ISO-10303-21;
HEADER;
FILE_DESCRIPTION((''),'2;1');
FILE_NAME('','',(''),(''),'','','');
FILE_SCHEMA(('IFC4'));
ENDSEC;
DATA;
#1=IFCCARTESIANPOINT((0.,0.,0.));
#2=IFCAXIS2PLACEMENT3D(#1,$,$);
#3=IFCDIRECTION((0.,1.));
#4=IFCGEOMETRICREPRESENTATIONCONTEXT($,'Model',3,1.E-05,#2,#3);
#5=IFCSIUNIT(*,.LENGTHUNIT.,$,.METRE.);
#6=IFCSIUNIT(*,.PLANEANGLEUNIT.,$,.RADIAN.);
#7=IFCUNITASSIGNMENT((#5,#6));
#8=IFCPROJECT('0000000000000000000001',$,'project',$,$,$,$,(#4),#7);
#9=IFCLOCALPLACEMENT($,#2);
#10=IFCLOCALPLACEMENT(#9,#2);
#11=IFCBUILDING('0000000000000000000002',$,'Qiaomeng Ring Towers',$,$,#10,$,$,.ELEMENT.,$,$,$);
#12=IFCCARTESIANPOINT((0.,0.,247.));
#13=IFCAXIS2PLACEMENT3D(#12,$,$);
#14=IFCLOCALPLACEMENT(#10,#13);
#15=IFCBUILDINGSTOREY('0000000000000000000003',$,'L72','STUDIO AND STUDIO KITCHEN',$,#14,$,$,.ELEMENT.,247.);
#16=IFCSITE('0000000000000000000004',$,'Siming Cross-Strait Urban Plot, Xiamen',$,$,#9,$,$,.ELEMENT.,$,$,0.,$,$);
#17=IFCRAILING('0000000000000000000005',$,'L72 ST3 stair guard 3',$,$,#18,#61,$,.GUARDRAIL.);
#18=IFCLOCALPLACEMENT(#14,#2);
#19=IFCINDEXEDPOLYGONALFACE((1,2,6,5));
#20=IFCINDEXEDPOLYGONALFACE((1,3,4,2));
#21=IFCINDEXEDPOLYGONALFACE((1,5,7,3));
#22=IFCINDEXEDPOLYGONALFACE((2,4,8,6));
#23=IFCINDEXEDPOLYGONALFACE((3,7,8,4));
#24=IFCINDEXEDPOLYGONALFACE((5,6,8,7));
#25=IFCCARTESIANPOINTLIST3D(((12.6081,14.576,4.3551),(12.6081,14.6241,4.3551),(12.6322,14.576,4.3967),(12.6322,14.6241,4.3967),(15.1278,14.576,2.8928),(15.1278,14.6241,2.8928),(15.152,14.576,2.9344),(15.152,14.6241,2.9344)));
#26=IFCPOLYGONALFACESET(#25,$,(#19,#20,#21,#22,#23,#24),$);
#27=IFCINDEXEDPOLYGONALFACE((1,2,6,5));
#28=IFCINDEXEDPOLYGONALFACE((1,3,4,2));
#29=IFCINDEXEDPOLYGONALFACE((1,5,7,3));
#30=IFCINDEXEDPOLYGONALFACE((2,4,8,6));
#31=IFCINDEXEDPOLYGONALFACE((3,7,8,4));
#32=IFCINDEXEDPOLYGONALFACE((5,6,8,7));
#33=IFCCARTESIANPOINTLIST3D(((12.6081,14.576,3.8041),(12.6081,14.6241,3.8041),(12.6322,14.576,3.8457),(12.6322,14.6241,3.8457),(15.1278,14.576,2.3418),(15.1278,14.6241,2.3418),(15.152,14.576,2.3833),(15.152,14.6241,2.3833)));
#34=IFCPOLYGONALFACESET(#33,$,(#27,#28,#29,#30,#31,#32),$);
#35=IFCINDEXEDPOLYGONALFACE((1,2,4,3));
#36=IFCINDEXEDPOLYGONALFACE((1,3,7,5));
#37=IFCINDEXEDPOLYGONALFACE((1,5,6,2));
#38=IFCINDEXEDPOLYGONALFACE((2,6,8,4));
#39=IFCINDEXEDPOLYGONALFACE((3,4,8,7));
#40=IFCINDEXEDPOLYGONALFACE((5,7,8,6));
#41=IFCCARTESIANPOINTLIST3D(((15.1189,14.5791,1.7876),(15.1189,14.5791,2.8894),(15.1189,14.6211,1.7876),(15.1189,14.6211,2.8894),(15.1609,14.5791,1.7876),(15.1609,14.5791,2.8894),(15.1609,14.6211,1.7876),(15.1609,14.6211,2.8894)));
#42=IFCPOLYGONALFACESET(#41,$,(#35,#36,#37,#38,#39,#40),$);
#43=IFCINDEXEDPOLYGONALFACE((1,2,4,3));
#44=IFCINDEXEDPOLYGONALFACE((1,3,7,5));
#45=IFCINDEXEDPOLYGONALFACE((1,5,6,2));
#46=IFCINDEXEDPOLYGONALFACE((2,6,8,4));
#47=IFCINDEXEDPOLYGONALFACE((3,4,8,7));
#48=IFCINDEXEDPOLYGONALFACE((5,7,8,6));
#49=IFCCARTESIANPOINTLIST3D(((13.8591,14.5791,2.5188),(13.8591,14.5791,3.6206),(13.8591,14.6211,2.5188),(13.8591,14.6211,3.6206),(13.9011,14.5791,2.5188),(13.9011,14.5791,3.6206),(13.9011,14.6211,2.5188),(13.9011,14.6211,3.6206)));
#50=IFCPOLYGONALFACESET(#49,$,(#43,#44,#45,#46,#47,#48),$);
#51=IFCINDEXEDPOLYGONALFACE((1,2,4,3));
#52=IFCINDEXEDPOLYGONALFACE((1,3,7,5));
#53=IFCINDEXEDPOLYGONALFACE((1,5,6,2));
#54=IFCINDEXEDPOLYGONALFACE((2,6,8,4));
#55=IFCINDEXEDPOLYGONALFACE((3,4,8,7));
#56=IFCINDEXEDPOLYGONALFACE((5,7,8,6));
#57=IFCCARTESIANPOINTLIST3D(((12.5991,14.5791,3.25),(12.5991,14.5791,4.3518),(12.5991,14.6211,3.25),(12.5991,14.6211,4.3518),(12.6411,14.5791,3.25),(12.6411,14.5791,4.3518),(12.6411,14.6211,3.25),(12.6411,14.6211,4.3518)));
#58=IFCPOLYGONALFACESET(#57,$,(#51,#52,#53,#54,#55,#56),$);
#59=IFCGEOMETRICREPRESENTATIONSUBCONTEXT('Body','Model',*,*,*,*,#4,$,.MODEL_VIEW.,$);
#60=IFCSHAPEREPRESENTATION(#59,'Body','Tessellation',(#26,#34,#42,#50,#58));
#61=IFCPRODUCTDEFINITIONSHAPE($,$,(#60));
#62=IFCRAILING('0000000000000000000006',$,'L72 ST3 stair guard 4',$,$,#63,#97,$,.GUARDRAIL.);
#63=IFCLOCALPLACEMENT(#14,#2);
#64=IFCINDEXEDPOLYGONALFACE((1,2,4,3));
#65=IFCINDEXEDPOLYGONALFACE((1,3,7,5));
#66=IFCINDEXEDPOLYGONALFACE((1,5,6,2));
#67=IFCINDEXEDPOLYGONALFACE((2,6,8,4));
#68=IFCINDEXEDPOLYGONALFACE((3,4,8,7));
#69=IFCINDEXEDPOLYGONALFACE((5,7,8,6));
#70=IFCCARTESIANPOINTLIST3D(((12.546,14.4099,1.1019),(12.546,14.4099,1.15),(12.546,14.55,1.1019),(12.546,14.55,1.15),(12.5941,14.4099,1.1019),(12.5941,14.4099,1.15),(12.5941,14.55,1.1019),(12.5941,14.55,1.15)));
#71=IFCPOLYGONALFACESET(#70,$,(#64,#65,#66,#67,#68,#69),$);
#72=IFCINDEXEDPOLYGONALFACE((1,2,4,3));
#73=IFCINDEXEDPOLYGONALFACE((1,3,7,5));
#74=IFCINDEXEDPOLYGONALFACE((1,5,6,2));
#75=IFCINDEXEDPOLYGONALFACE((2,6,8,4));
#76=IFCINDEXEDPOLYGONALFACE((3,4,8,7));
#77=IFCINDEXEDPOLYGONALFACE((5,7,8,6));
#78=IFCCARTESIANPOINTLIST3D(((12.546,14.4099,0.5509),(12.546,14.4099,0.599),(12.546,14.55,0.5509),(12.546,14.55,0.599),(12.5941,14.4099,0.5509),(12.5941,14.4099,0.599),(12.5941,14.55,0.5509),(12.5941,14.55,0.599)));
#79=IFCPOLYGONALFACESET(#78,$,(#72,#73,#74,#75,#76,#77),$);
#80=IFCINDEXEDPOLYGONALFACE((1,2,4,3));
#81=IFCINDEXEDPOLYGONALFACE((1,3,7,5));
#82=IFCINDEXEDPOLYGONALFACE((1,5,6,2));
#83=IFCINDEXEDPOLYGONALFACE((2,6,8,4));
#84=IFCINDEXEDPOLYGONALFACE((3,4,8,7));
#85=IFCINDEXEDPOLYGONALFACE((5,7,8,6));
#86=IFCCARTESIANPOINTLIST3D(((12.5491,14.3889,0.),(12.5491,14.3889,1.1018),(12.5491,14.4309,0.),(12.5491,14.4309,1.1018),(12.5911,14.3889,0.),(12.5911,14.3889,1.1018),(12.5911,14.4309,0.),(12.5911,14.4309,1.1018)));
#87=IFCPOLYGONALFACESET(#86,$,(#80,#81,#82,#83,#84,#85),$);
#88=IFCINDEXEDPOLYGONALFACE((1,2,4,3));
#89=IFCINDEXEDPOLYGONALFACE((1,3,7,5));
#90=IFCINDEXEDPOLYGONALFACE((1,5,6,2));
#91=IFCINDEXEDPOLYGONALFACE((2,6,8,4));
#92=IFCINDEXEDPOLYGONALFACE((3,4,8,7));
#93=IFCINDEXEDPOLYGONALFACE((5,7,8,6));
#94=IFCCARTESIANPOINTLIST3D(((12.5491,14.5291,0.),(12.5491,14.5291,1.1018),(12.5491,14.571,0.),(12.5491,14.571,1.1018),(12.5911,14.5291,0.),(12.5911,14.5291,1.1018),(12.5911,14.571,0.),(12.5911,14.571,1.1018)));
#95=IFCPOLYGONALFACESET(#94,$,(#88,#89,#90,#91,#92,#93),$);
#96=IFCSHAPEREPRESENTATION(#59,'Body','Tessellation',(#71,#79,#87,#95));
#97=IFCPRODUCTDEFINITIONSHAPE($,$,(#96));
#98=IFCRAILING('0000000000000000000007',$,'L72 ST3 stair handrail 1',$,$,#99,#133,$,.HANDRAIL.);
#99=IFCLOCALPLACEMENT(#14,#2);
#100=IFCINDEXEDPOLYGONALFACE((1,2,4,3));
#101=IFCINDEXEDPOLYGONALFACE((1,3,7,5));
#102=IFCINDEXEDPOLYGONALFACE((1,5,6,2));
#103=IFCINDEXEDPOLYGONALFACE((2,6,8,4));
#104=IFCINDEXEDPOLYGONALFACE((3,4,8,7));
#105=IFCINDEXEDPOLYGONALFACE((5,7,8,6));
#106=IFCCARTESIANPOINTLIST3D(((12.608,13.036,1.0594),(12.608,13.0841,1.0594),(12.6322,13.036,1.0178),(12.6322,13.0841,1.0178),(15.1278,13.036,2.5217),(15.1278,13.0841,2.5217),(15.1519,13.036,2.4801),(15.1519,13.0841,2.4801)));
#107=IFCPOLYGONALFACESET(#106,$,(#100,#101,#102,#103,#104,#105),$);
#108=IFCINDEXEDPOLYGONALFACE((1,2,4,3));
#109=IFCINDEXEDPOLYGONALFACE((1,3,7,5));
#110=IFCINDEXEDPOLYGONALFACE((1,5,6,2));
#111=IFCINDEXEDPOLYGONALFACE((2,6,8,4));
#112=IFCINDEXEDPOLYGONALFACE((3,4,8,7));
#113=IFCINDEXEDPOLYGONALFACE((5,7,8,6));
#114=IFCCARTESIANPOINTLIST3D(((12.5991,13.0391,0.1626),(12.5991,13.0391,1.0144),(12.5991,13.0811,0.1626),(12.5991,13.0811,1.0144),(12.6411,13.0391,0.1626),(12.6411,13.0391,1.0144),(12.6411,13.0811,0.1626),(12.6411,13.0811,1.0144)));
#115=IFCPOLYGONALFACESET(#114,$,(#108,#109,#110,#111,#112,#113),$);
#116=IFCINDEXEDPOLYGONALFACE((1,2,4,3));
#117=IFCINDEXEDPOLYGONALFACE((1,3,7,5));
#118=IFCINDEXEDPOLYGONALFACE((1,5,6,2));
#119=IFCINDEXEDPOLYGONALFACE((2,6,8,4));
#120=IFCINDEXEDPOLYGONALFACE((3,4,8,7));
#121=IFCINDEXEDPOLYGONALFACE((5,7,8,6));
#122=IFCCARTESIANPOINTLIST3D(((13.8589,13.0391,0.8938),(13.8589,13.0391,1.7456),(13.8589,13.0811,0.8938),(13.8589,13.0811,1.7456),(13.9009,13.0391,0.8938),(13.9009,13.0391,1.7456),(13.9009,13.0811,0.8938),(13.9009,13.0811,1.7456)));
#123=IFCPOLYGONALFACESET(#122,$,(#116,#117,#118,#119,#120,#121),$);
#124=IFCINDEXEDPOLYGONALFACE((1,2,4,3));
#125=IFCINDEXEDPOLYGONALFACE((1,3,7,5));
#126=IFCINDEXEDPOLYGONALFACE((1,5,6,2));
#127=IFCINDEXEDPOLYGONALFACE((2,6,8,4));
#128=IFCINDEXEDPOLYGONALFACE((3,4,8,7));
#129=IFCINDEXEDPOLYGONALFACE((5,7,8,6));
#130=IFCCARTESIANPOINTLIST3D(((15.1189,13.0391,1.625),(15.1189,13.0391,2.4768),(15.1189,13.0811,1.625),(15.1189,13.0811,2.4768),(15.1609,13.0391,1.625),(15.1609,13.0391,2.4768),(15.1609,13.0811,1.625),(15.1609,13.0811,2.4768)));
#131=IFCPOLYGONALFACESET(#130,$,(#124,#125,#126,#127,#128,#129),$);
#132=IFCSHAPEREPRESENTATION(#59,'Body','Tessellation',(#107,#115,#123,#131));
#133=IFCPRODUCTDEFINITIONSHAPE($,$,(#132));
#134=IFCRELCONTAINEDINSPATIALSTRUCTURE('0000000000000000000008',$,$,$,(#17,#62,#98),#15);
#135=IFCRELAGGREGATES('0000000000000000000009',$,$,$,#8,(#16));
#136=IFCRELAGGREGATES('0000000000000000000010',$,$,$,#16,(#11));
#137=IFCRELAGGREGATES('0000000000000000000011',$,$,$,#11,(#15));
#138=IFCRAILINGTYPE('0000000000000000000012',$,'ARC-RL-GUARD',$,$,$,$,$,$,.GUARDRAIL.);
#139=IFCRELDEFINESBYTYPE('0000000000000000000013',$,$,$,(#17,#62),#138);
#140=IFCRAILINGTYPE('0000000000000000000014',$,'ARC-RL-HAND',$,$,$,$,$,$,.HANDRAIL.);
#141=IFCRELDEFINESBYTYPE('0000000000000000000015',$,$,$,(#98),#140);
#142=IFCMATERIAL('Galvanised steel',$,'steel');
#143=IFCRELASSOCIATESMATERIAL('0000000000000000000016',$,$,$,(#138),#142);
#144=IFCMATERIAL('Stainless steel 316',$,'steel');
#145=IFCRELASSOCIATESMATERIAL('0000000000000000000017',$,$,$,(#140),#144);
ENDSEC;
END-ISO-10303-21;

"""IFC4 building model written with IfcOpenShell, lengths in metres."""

from ifc_helpers import new_model, si_unit, direction, frame, origin, origin_2d, place, context, subcontext, project, spatial, rectangle, extrude, material, type_object, element, save


model = new_model("IFC4")

# Units and contexts
model_context = context("Model", 3, precision=1e-05, world=origin(), true_north=direction((0.0, 1.0)))
body_context = subcontext(model_context, "Body", "Model", "MODEL_VIEW")
ifc_project = project(units=[si_unit("LENGTHUNIT", "METRE"), si_unit("PLANEANGLEUNIT", "RADIAN")], contexts=[model_context])

# Site, building, storey
site_placement = place(None, origin())
site = spatial("IfcSite", under=ifc_project, at=site_placement, Name="Siming Cross-Strait Urban Plot, Xiamen", CompositionType="ELEMENT", RefElevation=0.0)
building_placement = place(site_placement, origin())
building = spatial("IfcBuilding", under=site, at=building_placement, Name="Qiaomeng Ring Towers", CompositionType="ELEMENT")
storey_placement = place(building_placement, frame((0.0, 0.0, 247.0)))
storey = spatial("IfcBuildingStorey", under=building, at=storey_placement, Name="L72", Description="STUDIO AND STUDIO KITCHEN", CompositionType="ELEMENT", Elevation=247.0)

# Shared definitions
ifc_material_1 = material(Name="Galvanised steel", Category="steel")

# Railings
railing_type_1 = type_object("IfcRailingType", Name="ARC-RL-GUARD", PredefinedType="GUARDRAIL", material=ifc_material_1)
railing_1_placement = place(storey_placement, frame((15.1399, 14.6001, 1.7876)))
element("IfcRailing", 1, at=railing_1_placement, inside=storey, type_object=railing_type_1, Name="L72 ST3 stair guard 3", PredefinedType="GUARDRAIL", context=body_context, shape_type="SweptSolid", body=[
    extrude(rectangle(XDim=0.0481, YDim=0.0481, at=origin_2d()), frame((0.0, 0.0, 1.126), z_axis=(-0.864892, 0.0, 0.501958), x_axis=(0.0, -1.0, 0.0)), (0.0, 0.0, 1.0), 2.9133),
    extrude(rectangle(XDim=0.0481, YDim=0.0481, at=origin_2d()), frame((0.0, 0.0, 0.575), z_axis=(-0.864892, 0.0, 0.501958), x_axis=(0.0, -1.0, 0.0)), (0.0, 0.0, 1.0), 2.9133),
    extrude(rectangle(XDim=0.042, YDim=0.042, at=origin_2d()), origin(), (0.0, 0.0, 1.0), 1.1018),
    extrude(rectangle(XDim=0.042, YDim=0.042, at=origin_2d()), frame((-1.2598, 0.0, 0.7312)), (0.0, 0.0, 1.0), 1.1018),
    extrude(rectangle(XDim=0.042, YDim=0.042, at=origin_2d()), frame((-2.5198, 0.0, 1.4624)), (0.0, 0.0, 1.0), 1.1018),
])
railing_2_placement = place(storey_placement, frame((12.5701, 14.4099, 0.0)))
element("IfcRailing", 2, at=railing_2_placement, inside=storey, type_object=railing_type_1, Name="L72 ST3 stair guard 4", PredefinedType="GUARDRAIL", context=body_context, shape_type="SweptSolid", body=[
    extrude(rectangle(XDim=0.0481, YDim=0.0481, at=origin_2d()), frame((0.0, 0.0, 1.126), z_axis=(0.0, 1.0, 0.0), x_axis=(-1.0, 0.0, 0.0)), (0.0, 0.0, 1.0), 0.1401),
    extrude(rectangle(XDim=0.0481, YDim=0.0481, at=origin_2d()), frame((0.0, 0.0, 0.575), z_axis=(0.0, 1.0, 0.0), x_axis=(-1.0, 0.0, 0.0)), (0.0, 0.0, 1.0), 0.1401),
    extrude(rectangle(XDim=0.042, YDim=0.042, at=origin_2d()), origin(), (0.0, 0.0, 1.0), 1.1018),
    extrude(rectangle(XDim=0.042, YDim=0.042, at=origin_2d()), frame((0.0, 0.1401, 0.0)), (0.0, 0.0, 1.0), 1.1018),
])
ifc_material_2 = material(Name="Stainless steel 316", Category="steel")
railing_type_2 = type_object("IfcRailingType", Name="ARC-RL-HAND", PredefinedType="HANDRAIL", material=ifc_material_2)
railing_3_placement = place(storey_placement, frame((12.6201, 13.0601, 0.1626)))
element("IfcRailing", 3, at=railing_3_placement, inside=storey, type_object=railing_type_2, Name="L72 ST3 stair handrail 1", PredefinedType="HANDRAIL", context=body_context, shape_type="SweptSolid", body=[
    extrude(rectangle(XDim=0.0481, YDim=0.0481, at=origin_2d()), frame((0.0, 0.0, 0.876), z_axis=(0.864892, 0.0, 0.501958), x_axis=(0.0, 1.0, 0.0)), (0.0, 0.0, 1.0), 2.9133),
    extrude(rectangle(XDim=0.042, YDim=0.042, at=origin_2d()), origin(), (0.0, 0.0, 1.0), 0.8518),
    extrude(rectangle(XDim=0.042, YDim=0.042, at=origin_2d()), frame((1.2598, 0.0, 0.7312)), (0.0, 0.0, 1.0), 0.8518),
    extrude(rectangle(XDim=0.042, YDim=0.042, at=origin_2d()), frame((2.5198, 0.0, 1.4624)), (0.0, 0.0, 1.0), 0.8518),
])

save(model, "model.ifc")
